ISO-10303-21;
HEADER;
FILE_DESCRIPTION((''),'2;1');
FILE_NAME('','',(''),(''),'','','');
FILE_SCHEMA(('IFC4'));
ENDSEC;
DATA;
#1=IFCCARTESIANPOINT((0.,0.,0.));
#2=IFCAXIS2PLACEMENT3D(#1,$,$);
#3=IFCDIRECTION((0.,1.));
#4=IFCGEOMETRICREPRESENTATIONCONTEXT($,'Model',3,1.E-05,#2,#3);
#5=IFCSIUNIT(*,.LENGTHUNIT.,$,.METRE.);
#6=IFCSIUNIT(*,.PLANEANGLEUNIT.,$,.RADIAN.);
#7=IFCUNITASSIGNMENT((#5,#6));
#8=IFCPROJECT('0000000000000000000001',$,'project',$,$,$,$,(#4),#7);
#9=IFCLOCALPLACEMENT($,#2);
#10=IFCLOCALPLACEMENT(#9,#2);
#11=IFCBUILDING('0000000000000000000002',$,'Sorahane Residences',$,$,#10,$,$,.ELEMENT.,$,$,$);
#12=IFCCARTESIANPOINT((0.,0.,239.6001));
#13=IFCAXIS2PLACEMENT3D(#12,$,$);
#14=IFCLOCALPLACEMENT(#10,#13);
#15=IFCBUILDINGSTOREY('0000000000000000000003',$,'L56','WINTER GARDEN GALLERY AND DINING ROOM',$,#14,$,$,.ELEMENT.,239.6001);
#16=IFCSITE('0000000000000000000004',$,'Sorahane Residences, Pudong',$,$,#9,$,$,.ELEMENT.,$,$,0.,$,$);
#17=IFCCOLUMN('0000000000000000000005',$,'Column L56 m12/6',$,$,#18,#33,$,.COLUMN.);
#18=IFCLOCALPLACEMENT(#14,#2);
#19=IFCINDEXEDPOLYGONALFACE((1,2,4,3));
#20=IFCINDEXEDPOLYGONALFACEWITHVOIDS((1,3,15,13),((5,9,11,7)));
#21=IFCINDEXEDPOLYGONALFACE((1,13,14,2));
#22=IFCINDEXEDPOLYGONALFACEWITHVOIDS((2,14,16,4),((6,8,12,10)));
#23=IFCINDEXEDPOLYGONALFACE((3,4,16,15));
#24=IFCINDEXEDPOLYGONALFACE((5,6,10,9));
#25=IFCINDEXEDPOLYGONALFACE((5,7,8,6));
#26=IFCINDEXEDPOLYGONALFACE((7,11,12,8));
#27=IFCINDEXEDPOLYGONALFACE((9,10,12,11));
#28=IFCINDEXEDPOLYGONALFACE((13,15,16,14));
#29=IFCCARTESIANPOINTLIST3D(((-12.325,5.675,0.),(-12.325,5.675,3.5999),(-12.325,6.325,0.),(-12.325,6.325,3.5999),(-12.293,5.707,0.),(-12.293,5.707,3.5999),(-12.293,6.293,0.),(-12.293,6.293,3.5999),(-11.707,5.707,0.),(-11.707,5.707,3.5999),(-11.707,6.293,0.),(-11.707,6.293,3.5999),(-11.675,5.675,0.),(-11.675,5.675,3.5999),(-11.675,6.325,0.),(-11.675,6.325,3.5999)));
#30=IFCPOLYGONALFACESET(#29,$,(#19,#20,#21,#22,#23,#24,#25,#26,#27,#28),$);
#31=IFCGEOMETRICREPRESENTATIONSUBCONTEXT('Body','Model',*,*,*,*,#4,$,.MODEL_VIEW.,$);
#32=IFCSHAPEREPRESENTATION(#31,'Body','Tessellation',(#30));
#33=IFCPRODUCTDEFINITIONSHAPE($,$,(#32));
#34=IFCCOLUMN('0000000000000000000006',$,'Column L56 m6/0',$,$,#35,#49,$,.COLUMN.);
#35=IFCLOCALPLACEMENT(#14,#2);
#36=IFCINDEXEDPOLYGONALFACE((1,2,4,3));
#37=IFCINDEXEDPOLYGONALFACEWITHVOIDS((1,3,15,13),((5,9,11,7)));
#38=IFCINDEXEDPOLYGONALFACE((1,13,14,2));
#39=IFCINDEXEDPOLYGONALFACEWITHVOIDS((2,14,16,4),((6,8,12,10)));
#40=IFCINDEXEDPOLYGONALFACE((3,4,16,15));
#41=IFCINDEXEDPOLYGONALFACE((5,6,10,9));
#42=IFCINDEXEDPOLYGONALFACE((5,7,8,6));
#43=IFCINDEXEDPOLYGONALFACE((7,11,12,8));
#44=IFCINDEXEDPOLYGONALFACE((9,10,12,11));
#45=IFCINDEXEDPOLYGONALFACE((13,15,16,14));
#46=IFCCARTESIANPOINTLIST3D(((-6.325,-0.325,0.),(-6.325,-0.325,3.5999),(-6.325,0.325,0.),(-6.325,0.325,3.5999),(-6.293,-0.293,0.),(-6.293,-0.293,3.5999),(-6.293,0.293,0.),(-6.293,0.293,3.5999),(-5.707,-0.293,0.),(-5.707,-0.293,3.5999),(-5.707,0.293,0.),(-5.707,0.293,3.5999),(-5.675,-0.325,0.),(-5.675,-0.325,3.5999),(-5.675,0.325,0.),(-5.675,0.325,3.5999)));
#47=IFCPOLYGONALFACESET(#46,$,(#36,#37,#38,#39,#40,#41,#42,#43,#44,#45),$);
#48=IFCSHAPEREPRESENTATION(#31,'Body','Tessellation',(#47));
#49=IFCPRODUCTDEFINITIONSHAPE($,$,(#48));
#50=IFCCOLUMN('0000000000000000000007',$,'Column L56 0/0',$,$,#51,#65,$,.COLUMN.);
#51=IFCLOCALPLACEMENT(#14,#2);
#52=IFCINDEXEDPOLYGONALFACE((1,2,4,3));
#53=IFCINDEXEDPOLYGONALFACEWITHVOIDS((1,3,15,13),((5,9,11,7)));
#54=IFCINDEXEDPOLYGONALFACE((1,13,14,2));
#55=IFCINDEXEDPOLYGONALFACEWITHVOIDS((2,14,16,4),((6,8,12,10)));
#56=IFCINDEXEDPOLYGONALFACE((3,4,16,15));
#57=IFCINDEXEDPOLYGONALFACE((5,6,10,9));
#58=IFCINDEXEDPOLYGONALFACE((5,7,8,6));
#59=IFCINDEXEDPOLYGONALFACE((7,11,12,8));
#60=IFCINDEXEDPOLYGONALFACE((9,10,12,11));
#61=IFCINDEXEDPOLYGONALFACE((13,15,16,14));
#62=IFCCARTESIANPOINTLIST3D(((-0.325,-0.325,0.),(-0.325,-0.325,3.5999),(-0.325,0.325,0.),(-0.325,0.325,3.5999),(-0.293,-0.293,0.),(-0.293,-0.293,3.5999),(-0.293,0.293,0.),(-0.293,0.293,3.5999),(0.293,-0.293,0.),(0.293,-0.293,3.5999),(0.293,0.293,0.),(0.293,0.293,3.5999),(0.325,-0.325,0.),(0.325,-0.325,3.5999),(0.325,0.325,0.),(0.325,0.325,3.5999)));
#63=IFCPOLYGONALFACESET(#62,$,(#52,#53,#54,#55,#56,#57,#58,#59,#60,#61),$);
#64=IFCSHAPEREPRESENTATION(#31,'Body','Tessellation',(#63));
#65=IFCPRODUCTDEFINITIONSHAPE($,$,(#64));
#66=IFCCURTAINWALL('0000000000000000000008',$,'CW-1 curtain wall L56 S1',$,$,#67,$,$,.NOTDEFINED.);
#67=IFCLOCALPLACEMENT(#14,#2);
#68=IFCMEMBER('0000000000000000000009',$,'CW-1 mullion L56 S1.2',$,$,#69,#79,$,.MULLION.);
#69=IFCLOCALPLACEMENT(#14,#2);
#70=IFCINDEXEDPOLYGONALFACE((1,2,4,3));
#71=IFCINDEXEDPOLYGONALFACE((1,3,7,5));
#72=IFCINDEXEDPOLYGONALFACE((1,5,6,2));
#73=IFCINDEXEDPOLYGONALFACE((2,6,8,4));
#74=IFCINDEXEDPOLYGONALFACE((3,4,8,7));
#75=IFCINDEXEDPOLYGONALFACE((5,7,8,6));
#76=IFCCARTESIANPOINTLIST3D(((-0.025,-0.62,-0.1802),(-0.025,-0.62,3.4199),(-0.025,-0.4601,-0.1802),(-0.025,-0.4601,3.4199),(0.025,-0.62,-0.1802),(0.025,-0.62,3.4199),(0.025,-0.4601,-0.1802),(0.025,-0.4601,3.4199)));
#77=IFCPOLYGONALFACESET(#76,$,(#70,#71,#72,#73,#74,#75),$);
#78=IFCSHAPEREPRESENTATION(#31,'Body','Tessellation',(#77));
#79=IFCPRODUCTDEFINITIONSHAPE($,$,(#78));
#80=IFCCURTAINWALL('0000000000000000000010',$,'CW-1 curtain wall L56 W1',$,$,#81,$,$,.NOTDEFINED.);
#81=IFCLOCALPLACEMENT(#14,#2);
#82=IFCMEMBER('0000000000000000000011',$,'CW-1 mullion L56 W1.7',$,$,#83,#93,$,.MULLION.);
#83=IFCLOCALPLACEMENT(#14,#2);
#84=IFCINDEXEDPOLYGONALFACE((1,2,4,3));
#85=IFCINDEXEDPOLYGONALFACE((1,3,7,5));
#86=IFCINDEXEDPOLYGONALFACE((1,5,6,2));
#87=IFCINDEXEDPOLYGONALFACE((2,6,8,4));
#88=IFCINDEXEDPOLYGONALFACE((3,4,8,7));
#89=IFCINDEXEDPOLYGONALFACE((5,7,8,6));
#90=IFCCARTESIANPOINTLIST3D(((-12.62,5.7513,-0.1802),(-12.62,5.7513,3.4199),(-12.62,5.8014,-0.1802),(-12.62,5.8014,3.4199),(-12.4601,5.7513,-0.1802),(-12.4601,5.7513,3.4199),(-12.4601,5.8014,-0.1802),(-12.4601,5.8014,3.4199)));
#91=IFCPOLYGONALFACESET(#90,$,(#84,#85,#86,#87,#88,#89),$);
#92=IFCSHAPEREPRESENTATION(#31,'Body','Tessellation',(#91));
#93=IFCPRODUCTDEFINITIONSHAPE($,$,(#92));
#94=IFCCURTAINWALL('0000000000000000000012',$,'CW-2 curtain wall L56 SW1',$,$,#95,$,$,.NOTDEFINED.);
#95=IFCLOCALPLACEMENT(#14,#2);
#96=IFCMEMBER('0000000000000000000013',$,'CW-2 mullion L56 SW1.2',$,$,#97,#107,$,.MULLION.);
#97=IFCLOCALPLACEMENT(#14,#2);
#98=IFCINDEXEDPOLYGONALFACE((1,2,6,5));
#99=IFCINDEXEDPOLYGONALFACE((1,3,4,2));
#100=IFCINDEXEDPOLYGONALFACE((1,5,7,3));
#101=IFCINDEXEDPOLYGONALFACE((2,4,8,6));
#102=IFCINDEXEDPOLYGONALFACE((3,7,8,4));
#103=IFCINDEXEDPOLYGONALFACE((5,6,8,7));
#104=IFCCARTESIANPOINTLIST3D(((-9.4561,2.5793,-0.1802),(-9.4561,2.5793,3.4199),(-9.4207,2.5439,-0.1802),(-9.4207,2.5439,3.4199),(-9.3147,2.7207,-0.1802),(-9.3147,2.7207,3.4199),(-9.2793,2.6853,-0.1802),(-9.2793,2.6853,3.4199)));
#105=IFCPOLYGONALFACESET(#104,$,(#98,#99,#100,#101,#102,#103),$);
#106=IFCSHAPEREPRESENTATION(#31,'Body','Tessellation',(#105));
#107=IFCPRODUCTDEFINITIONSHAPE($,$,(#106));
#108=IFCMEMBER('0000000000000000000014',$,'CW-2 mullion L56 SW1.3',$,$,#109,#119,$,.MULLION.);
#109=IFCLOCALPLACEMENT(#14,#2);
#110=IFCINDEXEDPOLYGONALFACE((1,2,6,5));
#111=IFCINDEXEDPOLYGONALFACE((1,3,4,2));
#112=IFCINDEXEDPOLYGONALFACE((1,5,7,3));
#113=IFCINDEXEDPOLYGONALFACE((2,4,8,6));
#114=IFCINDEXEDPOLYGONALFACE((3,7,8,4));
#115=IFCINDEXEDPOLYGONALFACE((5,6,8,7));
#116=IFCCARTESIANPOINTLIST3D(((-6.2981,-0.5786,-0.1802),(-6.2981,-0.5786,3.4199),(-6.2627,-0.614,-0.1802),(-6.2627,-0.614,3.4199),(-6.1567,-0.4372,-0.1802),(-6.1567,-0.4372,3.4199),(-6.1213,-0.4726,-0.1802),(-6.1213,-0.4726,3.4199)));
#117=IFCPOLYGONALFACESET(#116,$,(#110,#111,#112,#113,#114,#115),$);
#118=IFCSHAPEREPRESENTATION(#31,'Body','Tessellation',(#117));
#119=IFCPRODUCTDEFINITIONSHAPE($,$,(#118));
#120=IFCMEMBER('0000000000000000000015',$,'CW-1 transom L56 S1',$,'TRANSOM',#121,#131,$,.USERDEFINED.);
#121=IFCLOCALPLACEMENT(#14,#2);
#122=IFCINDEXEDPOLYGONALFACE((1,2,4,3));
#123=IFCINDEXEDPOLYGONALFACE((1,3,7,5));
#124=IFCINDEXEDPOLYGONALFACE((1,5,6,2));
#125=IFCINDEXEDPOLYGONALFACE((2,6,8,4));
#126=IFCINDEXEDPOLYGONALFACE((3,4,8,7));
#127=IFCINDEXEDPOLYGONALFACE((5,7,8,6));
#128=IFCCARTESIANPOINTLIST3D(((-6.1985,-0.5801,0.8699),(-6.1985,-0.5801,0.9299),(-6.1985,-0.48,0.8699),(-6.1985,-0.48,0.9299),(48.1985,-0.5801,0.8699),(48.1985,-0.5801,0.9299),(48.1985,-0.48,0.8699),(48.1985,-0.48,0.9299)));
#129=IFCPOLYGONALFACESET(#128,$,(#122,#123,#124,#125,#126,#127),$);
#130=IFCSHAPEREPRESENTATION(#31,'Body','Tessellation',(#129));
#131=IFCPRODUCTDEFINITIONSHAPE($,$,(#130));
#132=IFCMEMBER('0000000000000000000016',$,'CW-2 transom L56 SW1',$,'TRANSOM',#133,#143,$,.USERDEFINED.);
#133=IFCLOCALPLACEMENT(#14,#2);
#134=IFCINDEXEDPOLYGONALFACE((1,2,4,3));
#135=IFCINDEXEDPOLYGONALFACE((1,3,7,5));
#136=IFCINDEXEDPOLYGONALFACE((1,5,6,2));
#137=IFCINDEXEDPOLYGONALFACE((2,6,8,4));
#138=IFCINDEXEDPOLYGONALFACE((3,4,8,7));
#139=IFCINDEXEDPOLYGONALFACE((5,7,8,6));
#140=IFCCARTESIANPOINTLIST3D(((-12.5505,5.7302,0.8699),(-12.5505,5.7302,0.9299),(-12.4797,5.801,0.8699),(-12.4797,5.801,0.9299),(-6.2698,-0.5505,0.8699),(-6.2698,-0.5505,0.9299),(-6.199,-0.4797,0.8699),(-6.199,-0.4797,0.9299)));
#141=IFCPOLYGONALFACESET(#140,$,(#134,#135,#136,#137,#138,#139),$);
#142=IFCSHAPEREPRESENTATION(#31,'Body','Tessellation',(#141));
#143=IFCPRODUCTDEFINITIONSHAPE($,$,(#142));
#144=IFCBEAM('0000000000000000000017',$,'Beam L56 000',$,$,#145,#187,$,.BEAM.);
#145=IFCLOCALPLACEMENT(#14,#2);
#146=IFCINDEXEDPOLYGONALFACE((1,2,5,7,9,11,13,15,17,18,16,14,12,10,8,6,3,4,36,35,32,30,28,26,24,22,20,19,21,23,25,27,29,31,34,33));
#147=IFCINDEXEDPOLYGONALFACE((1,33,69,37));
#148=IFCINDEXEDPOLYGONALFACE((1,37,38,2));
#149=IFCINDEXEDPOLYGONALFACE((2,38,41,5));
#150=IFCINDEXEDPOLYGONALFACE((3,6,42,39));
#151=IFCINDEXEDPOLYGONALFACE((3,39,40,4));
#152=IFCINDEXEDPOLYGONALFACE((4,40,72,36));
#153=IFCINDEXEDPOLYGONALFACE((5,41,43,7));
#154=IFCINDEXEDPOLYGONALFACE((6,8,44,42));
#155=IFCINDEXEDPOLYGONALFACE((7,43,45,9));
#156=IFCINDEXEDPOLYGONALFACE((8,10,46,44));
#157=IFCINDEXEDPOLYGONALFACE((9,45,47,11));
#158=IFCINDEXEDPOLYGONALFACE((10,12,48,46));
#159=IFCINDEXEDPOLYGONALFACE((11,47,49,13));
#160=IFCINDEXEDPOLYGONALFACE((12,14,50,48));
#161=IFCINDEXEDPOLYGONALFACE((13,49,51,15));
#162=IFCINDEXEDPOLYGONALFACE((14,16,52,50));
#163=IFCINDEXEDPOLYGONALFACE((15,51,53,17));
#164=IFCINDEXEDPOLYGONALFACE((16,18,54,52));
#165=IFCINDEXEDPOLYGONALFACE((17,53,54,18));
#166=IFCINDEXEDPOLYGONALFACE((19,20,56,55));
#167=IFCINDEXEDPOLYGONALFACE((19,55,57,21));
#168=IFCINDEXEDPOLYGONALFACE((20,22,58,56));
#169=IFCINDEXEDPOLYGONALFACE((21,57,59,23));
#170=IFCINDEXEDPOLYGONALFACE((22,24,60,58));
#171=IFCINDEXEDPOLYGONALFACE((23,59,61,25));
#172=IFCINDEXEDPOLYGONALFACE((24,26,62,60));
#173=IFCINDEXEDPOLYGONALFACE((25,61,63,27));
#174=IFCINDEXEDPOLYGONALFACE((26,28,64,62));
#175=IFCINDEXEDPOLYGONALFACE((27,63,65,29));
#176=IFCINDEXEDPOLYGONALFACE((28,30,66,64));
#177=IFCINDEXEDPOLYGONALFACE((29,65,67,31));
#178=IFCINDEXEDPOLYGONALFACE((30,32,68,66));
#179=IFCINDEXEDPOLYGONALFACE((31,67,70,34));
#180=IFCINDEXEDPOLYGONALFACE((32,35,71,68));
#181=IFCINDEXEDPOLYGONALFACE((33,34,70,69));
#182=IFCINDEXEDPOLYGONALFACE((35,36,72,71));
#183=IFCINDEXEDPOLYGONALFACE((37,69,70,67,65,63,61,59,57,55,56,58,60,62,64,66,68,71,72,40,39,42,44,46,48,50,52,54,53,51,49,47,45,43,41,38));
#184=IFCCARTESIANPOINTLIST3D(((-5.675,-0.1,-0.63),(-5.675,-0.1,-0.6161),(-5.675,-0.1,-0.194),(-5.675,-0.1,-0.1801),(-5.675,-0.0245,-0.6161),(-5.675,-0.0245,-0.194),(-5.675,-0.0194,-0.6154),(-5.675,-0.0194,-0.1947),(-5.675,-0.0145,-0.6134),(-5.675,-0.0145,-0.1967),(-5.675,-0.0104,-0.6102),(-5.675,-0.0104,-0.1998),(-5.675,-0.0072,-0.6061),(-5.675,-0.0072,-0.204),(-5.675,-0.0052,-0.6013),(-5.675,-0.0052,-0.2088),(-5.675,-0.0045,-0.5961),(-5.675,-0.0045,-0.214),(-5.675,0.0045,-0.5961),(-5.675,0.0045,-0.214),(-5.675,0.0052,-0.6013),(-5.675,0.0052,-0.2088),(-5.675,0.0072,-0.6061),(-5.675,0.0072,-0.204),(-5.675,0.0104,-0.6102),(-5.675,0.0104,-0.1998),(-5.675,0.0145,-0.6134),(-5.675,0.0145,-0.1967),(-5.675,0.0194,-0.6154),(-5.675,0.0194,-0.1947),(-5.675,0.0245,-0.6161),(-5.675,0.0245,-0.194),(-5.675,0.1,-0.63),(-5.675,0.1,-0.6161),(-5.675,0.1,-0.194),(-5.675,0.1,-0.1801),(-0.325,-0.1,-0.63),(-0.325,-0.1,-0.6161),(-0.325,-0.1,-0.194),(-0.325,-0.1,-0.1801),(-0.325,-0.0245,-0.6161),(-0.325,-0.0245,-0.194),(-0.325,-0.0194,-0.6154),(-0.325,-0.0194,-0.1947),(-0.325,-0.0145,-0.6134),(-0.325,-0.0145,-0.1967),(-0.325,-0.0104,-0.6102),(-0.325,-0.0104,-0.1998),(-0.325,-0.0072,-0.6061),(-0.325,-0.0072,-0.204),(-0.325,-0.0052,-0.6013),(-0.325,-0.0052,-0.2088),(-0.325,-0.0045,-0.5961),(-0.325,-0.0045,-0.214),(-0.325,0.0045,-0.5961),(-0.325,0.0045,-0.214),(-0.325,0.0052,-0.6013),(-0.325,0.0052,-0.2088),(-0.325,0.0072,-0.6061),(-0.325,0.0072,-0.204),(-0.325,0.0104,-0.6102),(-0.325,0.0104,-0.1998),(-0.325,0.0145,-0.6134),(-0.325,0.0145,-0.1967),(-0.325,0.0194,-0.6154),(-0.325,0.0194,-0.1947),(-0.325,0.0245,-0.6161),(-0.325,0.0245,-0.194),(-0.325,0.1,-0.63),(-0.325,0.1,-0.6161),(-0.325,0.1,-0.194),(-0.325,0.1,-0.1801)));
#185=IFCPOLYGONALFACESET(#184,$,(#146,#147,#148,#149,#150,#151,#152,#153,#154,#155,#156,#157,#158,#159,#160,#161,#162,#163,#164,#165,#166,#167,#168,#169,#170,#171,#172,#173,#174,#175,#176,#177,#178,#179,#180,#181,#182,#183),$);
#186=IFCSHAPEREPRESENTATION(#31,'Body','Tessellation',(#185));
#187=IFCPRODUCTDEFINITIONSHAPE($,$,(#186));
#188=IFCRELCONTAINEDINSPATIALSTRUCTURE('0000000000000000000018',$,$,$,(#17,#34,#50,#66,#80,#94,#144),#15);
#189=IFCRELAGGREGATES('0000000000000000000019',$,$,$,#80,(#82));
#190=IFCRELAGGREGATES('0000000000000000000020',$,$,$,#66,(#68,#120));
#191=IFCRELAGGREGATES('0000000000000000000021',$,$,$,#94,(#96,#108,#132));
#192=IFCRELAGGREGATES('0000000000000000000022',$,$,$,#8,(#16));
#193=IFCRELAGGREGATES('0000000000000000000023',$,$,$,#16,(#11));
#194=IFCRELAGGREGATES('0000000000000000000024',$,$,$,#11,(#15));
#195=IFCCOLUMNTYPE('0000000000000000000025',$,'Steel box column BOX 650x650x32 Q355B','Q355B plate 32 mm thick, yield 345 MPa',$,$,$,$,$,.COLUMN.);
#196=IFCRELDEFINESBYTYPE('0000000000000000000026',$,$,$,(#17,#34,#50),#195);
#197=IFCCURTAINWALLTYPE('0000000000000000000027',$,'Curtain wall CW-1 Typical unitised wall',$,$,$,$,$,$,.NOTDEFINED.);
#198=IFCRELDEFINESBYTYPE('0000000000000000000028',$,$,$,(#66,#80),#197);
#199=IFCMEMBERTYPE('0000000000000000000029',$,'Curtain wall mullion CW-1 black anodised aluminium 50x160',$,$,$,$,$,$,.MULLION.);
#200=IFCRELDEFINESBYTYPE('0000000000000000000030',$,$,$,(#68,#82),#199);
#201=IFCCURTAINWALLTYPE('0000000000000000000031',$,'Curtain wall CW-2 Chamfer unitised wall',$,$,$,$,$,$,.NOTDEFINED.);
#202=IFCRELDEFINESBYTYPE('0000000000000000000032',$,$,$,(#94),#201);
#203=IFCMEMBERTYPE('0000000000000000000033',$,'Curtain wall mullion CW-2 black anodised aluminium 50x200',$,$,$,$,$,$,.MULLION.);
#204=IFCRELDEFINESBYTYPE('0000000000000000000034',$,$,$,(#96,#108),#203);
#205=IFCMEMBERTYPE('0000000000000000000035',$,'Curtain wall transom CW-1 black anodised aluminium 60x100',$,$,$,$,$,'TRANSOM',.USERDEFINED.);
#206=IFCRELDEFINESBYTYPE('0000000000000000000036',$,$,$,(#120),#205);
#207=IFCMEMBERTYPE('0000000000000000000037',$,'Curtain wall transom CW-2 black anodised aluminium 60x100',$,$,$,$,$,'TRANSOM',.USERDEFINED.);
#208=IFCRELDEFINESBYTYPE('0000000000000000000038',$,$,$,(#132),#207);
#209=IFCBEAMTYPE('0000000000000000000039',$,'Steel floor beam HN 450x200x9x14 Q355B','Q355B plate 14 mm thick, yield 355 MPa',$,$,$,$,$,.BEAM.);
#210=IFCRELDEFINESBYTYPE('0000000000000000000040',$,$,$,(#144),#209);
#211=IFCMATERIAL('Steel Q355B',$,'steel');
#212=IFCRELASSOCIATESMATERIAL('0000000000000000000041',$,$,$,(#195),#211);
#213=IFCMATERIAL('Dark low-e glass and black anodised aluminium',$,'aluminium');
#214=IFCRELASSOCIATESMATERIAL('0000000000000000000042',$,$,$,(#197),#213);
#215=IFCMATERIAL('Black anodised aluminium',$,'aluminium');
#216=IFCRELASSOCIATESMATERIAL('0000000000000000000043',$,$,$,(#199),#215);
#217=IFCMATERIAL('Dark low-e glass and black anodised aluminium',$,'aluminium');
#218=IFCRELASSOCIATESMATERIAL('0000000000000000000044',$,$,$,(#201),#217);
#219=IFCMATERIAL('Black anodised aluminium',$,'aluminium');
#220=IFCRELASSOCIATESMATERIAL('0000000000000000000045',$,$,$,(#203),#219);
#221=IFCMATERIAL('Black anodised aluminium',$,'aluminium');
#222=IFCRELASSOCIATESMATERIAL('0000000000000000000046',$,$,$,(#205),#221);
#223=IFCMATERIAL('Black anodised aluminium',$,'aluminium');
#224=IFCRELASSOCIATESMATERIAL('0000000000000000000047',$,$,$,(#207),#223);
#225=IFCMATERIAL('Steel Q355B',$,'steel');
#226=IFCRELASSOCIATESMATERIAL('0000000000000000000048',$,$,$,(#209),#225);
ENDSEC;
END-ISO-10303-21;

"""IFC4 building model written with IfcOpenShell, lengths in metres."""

from ifc_helpers import new_model, si_unit, direction, frame, origin, origin_2d, place, context, subcontext, project, spatial, rectangle, hollow_rectangle, i_section, extrude, material, material_profile, profile_set, type_object, element, aggregate, save


model = new_model("IFC4")

# Units and contexts
model_context = context("Model", 3, precision=1e-05, world=origin(), true_north=direction((0.0, 1.0)))
body_context = subcontext(model_context, "Body", "Model", "MODEL_VIEW")
ifc_project = project(units=[si_unit("LENGTHUNIT", "METRE"), si_unit("PLANEANGLEUNIT", "RADIAN")], contexts=[model_context])

# Site, building, storey
site_placement = place(None, origin())
site = spatial("IfcSite", under=ifc_project, at=site_placement, Name="Sorahane Residences, Pudong", CompositionType="ELEMENT", RefElevation=0.0)
building_placement = place(site_placement, origin())
building = spatial("IfcBuilding", under=site, at=building_placement, Name="Sorahane Residences", CompositionType="ELEMENT")
storey_placement = place(building_placement, frame((0.0, 0.0, 239.6001)))
storey = spatial("IfcBuildingStorey", under=building, at=storey_placement, Name="L56", Description="WINTER GARDEN GALLERY AND DINING ROOM", CompositionType="ELEMENT", Elevation=239.6001)

# Columns
ifc_material_1 = material(Name="Steel Q355B", Category="steel")
ifc_material_profile_1 = material_profile(ifc_material_1, hollow_rectangle(XDim=0.6499, YDim=0.6499, WallThickness=0.032, at=origin_2d()), Name="BOX 650x650x32")
ifc_profile_set_1 = profile_set([ifc_material_profile_1], Name="Steel Q355B")
column_type = type_object("IfcColumnType", Name="Steel box column BOX 650x650x32 Q355B", Description="Q355B plate 32 mm thick, yield 345 MPa", PredefinedType="COLUMN", material=ifc_profile_set_1)
for number, where, z_axis, x_axis, name in (
    (1, (-12.0, 6.0, 0.0), (0.0, 0.0, 1.0), (1.0, 0.0, 0.0), "Column L56 m12/6"),
    (2, (-6.0, 0.0, 0.0), (0.0, 0.0, 1.0), (1.0, 0.0, 0.0), "Column L56 m6/0"),
    (3, (0.0, 0.0, 0.0), (0.0, 0.0, 1.0), (1.0, 0.0, 0.0), "Column L56 0/0"),
):
    element("IfcColumn", number, at=place(storey_placement, frame(where, z_axis=z_axis, x_axis=x_axis)), inside=storey, type_object=column_type, Name=name, PredefinedType="COLUMN", context=body_context, shape_type="SweptSolid", body=[
        extrude(hollow_rectangle(XDim=0.6499, YDim=0.6499, WallThickness=0.032, at=origin_2d()), origin(), (0.0, 0.0, 1.0), 3.5999),
    ])

# Curtain walls, members
ifc_material_2 = material(Name="Dark low-e glass and black anodised aluminium", Category="aluminium")
curtain_wall_type_1 = type_object("IfcCurtainWallType", Name="Curtain wall CW-1 Typical unitised wall", PredefinedType="NOTDEFINED", material=ifc_material_2)
curtain_wall_1_placement = place(storey_placement, origin())
curtain_wall_1 = element("IfcCurtainWall", 4, at=curtain_wall_1_placement, inside=storey, type_object=curtain_wall_type_1, Name="CW-1 curtain wall L56 S1", PredefinedType="NOTDEFINED")
ifc_material_3 = material(Name="Black anodised aluminium", Category="aluminium")
ifc_material_profile_2 = material_profile(ifc_material_3, rectangle(XDim=0.1599, YDim=0.05, at=origin_2d()), Name="Curtain wall mullion CW-1 black anodised aluminium 50x160")
ifc_profile_set_2 = profile_set([ifc_material_profile_2], Name="Black anodised aluminium")
member_type_1 = type_object("IfcMemberType", Name="Curtain wall mullion CW-1 black anodised aluminium 50x160", PredefinedType="MULLION", material=ifc_profile_set_2)
member_1_placement = place(storey_placement, frame((0.0, -0.54, -0.1802), z_axis=(0.0, 0.0, 1.0), x_axis=(0.0, -1.0, 0.0)))
member_1 = element("IfcMember", 5, at=member_1_placement, type_object=member_type_1, Name="CW-1 mullion L56 S1.2", PredefinedType="MULLION", context=body_context, shape_type="SweptSolid", body=[
    extrude(rectangle(XDim=0.1599, YDim=0.05, at=origin_2d()), origin(), (0.0, 0.0, 1.0), 3.6001),
])
curtain_wall_2_placement = place(storey_placement, origin())
curtain_wall_2 = element("IfcCurtainWall", 6, at=curtain_wall_2_placement, inside=storey, type_object=curtain_wall_type_1, Name="CW-1 curtain wall L56 W1", PredefinedType="NOTDEFINED")
member_2_placement = place(storey_placement, frame((-12.54, 5.7764, -0.1802), z_axis=(0.0, 0.0, 1.0), x_axis=(-1.0, 0.0, 0.0)))
member_2 = element("IfcMember", 7, at=member_2_placement, type_object=member_type_1, Name="CW-1 mullion L56 W1.7", PredefinedType="MULLION", context=body_context, shape_type="SweptSolid", body=[
    extrude(rectangle(XDim=0.1599, YDim=0.05, at=origin_2d()), origin(), (0.0, 0.0, 1.0), 3.6001),
])
aggregate(curtain_wall_2, [member_2])

# Curtain wall, members
ifc_material_4 = material(Name="Dark low-e glass and black anodised aluminium", Category="aluminium")
curtain_wall_type_2 = type_object("IfcCurtainWallType", Name="Curtain wall CW-2 Chamfer unitised wall", PredefinedType="NOTDEFINED", material=ifc_material_4)
curtain_wall_3_placement = place(storey_placement, origin())
curtain_wall_3 = element("IfcCurtainWall", 8, at=curtain_wall_3_placement, inside=storey, type_object=curtain_wall_type_2, Name="CW-2 curtain wall L56 SW1", PredefinedType="NOTDEFINED")
ifc_material_5 = material(Name="Black anodised aluminium", Category="aluminium")
ifc_material_profile_3 = material_profile(ifc_material_5, rectangle(XDim=0.2, YDim=0.05, at=origin_2d()), Name="Curtain wall mullion CW-2 black anodised aluminium 50x200")
ifc_profile_set_3 = profile_set([ifc_material_profile_3], Name="Black anodised aluminium")
member_type_2 = type_object("IfcMemberType", Name="Curtain wall mullion CW-2 black anodised aluminium 50x200", PredefinedType="MULLION", material=ifc_profile_set_3)
member_3_placement = place(storey_placement, frame((-9.3677, 2.6323, -0.1802), z_axis=(0.0, 0.0, 1.0), x_axis=(-0.707107, -0.707107, 0.0)))
member_3 = element("IfcMember", 9, at=member_3_placement, type_object=member_type_2, Name="CW-2 mullion L56 SW1.2", PredefinedType="MULLION", context=body_context, shape_type="SweptSolid", body=[
    extrude(rectangle(XDim=0.2, YDim=0.05, at=origin_2d()), origin(), (0.0, 0.0, 1.0), 3.6001),
])
member_4_placement = place(storey_placement, frame((-6.2097, -0.5256, -0.1802), z_axis=(0.0, 0.0, 1.0), x_axis=(-0.707107, -0.707107, 0.0)))
member_4 = element("IfcMember", 10, at=member_4_placement, type_object=member_type_2, Name="CW-2 mullion L56 SW1.3", PredefinedType="MULLION", context=body_context, shape_type="SweptSolid", body=[
    extrude(rectangle(XDim=0.2, YDim=0.05, at=origin_2d()), origin(), (0.0, 0.0, 1.0), 3.6001),
])

# Members
ifc_material_6 = material(Name="Black anodised aluminium", Category="aluminium")
ifc_material_profile_4 = material_profile(ifc_material_6, rectangle(XDim=0.1001, YDim=0.0601, at=origin_2d()), Name="Curtain wall transom CW-1 black anodised aluminium 60x100")
ifc_profile_set_4 = profile_set([ifc_material_profile_4], Name="Black anodised aluminium")
member_type_3 = type_object("IfcMemberType", Name="Curtain wall transom CW-1 black anodised aluminium 60x100", ElementType="TRANSOM", PredefinedType="USERDEFINED", material=ifc_profile_set_4)
member_5_placement = place(storey_placement, frame((-6.1985, -0.53, 0.8999), z_axis=(1.0, 0.0, 0.0), x_axis=(0.0, 1.0, 0.0)))
member_5 = element("IfcMember", 11, at=member_5_placement, type_object=member_type_3, Name="CW-1 transom L56 S1", ObjectType="TRANSOM", PredefinedType="USERDEFINED", context=body_context, shape_type="SweptSolid", body=[
    extrude(rectangle(XDim=0.1001, YDim=0.0601, at=origin_2d()), origin(), (0.0, 0.0, 1.0), 54.397),
])
ifc_material_7 = material(Name="Black anodised aluminium", Category="aluminium")
ifc_material_profile_5 = material_profile(ifc_material_7, rectangle(XDim=0.1001, YDim=0.0601, at=origin_2d()), Name="Curtain wall transom CW-2 black anodised aluminium 60x100")
ifc_profile_set_5 = profile_set([ifc_material_profile_5], Name="Black anodised aluminium")
member_type_4 = type_object("IfcMemberType", Name="Curtain wall transom CW-2 black anodised aluminium 60x100", ElementType="TRANSOM", PredefinedType="USERDEFINED", material=ifc_profile_set_5)
member_6_placement = place(storey_placement, frame((-12.5151, 5.7656, 0.8999), z_axis=(0.707107, -0.707107, 0.0), x_axis=(0.707107, 0.707107, 0.0)))
member_6 = element("IfcMember", 12, at=member_6_placement, type_object=member_type_4, Name="CW-2 transom L56 SW1", ObjectType="TRANSOM", PredefinedType="USERDEFINED", context=body_context, shape_type="SweptSolid", body=[
    extrude(rectangle(XDim=0.1001, YDim=0.0601, at=origin_2d()), origin(), (0.0, 0.0, 1.0), 8.8823),
])

# Beam
ifc_material_8 = material(Name="Steel Q355B", Category="steel")
ifc_material_profile_6 = material_profile(ifc_material_8, i_section(OverallWidth=0.2, OverallDepth=0.45, WebThickness=0.009, FlangeThickness=0.0139, FilletRadius=0.02, at=origin_2d()), Name="HN 450x200x9x14")
ifc_profile_set_6 = profile_set([ifc_material_profile_6], Name="Steel Q355B")
beam_type_1 = type_object("IfcBeamType", Name="Steel floor beam HN 450x200x9x14 Q355B", Description="Q355B plate 14 mm thick, yield 355 MPa", PredefinedType="BEAM", material=ifc_profile_set_6)
beam_1_placement = place(storey_placement, frame((-5.675, 0.0, -0.405), z_axis=(1.0, 0.0, 0.0), x_axis=(0.0, 1.0, 0.0)))
element("IfcBeam", 13, at=beam_1_placement, inside=storey, type_object=beam_type_1, Name="Beam L56 000", PredefinedType="BEAM", context=body_context, shape_type="SweptSolid", body=[
    extrude(i_section(OverallWidth=0.2, OverallDepth=0.45, WebThickness=0.009, FlangeThickness=0.0139, FilletRadius=0.02, at=origin_2d()), origin(), (0.0, 0.0, 1.0), 5.3501),
])

aggregate(curtain_wall_1, [member_1, member_5])
aggregate(curtain_wall_3, [member_3, member_4, member_6])

save(model, "model.ifc")
